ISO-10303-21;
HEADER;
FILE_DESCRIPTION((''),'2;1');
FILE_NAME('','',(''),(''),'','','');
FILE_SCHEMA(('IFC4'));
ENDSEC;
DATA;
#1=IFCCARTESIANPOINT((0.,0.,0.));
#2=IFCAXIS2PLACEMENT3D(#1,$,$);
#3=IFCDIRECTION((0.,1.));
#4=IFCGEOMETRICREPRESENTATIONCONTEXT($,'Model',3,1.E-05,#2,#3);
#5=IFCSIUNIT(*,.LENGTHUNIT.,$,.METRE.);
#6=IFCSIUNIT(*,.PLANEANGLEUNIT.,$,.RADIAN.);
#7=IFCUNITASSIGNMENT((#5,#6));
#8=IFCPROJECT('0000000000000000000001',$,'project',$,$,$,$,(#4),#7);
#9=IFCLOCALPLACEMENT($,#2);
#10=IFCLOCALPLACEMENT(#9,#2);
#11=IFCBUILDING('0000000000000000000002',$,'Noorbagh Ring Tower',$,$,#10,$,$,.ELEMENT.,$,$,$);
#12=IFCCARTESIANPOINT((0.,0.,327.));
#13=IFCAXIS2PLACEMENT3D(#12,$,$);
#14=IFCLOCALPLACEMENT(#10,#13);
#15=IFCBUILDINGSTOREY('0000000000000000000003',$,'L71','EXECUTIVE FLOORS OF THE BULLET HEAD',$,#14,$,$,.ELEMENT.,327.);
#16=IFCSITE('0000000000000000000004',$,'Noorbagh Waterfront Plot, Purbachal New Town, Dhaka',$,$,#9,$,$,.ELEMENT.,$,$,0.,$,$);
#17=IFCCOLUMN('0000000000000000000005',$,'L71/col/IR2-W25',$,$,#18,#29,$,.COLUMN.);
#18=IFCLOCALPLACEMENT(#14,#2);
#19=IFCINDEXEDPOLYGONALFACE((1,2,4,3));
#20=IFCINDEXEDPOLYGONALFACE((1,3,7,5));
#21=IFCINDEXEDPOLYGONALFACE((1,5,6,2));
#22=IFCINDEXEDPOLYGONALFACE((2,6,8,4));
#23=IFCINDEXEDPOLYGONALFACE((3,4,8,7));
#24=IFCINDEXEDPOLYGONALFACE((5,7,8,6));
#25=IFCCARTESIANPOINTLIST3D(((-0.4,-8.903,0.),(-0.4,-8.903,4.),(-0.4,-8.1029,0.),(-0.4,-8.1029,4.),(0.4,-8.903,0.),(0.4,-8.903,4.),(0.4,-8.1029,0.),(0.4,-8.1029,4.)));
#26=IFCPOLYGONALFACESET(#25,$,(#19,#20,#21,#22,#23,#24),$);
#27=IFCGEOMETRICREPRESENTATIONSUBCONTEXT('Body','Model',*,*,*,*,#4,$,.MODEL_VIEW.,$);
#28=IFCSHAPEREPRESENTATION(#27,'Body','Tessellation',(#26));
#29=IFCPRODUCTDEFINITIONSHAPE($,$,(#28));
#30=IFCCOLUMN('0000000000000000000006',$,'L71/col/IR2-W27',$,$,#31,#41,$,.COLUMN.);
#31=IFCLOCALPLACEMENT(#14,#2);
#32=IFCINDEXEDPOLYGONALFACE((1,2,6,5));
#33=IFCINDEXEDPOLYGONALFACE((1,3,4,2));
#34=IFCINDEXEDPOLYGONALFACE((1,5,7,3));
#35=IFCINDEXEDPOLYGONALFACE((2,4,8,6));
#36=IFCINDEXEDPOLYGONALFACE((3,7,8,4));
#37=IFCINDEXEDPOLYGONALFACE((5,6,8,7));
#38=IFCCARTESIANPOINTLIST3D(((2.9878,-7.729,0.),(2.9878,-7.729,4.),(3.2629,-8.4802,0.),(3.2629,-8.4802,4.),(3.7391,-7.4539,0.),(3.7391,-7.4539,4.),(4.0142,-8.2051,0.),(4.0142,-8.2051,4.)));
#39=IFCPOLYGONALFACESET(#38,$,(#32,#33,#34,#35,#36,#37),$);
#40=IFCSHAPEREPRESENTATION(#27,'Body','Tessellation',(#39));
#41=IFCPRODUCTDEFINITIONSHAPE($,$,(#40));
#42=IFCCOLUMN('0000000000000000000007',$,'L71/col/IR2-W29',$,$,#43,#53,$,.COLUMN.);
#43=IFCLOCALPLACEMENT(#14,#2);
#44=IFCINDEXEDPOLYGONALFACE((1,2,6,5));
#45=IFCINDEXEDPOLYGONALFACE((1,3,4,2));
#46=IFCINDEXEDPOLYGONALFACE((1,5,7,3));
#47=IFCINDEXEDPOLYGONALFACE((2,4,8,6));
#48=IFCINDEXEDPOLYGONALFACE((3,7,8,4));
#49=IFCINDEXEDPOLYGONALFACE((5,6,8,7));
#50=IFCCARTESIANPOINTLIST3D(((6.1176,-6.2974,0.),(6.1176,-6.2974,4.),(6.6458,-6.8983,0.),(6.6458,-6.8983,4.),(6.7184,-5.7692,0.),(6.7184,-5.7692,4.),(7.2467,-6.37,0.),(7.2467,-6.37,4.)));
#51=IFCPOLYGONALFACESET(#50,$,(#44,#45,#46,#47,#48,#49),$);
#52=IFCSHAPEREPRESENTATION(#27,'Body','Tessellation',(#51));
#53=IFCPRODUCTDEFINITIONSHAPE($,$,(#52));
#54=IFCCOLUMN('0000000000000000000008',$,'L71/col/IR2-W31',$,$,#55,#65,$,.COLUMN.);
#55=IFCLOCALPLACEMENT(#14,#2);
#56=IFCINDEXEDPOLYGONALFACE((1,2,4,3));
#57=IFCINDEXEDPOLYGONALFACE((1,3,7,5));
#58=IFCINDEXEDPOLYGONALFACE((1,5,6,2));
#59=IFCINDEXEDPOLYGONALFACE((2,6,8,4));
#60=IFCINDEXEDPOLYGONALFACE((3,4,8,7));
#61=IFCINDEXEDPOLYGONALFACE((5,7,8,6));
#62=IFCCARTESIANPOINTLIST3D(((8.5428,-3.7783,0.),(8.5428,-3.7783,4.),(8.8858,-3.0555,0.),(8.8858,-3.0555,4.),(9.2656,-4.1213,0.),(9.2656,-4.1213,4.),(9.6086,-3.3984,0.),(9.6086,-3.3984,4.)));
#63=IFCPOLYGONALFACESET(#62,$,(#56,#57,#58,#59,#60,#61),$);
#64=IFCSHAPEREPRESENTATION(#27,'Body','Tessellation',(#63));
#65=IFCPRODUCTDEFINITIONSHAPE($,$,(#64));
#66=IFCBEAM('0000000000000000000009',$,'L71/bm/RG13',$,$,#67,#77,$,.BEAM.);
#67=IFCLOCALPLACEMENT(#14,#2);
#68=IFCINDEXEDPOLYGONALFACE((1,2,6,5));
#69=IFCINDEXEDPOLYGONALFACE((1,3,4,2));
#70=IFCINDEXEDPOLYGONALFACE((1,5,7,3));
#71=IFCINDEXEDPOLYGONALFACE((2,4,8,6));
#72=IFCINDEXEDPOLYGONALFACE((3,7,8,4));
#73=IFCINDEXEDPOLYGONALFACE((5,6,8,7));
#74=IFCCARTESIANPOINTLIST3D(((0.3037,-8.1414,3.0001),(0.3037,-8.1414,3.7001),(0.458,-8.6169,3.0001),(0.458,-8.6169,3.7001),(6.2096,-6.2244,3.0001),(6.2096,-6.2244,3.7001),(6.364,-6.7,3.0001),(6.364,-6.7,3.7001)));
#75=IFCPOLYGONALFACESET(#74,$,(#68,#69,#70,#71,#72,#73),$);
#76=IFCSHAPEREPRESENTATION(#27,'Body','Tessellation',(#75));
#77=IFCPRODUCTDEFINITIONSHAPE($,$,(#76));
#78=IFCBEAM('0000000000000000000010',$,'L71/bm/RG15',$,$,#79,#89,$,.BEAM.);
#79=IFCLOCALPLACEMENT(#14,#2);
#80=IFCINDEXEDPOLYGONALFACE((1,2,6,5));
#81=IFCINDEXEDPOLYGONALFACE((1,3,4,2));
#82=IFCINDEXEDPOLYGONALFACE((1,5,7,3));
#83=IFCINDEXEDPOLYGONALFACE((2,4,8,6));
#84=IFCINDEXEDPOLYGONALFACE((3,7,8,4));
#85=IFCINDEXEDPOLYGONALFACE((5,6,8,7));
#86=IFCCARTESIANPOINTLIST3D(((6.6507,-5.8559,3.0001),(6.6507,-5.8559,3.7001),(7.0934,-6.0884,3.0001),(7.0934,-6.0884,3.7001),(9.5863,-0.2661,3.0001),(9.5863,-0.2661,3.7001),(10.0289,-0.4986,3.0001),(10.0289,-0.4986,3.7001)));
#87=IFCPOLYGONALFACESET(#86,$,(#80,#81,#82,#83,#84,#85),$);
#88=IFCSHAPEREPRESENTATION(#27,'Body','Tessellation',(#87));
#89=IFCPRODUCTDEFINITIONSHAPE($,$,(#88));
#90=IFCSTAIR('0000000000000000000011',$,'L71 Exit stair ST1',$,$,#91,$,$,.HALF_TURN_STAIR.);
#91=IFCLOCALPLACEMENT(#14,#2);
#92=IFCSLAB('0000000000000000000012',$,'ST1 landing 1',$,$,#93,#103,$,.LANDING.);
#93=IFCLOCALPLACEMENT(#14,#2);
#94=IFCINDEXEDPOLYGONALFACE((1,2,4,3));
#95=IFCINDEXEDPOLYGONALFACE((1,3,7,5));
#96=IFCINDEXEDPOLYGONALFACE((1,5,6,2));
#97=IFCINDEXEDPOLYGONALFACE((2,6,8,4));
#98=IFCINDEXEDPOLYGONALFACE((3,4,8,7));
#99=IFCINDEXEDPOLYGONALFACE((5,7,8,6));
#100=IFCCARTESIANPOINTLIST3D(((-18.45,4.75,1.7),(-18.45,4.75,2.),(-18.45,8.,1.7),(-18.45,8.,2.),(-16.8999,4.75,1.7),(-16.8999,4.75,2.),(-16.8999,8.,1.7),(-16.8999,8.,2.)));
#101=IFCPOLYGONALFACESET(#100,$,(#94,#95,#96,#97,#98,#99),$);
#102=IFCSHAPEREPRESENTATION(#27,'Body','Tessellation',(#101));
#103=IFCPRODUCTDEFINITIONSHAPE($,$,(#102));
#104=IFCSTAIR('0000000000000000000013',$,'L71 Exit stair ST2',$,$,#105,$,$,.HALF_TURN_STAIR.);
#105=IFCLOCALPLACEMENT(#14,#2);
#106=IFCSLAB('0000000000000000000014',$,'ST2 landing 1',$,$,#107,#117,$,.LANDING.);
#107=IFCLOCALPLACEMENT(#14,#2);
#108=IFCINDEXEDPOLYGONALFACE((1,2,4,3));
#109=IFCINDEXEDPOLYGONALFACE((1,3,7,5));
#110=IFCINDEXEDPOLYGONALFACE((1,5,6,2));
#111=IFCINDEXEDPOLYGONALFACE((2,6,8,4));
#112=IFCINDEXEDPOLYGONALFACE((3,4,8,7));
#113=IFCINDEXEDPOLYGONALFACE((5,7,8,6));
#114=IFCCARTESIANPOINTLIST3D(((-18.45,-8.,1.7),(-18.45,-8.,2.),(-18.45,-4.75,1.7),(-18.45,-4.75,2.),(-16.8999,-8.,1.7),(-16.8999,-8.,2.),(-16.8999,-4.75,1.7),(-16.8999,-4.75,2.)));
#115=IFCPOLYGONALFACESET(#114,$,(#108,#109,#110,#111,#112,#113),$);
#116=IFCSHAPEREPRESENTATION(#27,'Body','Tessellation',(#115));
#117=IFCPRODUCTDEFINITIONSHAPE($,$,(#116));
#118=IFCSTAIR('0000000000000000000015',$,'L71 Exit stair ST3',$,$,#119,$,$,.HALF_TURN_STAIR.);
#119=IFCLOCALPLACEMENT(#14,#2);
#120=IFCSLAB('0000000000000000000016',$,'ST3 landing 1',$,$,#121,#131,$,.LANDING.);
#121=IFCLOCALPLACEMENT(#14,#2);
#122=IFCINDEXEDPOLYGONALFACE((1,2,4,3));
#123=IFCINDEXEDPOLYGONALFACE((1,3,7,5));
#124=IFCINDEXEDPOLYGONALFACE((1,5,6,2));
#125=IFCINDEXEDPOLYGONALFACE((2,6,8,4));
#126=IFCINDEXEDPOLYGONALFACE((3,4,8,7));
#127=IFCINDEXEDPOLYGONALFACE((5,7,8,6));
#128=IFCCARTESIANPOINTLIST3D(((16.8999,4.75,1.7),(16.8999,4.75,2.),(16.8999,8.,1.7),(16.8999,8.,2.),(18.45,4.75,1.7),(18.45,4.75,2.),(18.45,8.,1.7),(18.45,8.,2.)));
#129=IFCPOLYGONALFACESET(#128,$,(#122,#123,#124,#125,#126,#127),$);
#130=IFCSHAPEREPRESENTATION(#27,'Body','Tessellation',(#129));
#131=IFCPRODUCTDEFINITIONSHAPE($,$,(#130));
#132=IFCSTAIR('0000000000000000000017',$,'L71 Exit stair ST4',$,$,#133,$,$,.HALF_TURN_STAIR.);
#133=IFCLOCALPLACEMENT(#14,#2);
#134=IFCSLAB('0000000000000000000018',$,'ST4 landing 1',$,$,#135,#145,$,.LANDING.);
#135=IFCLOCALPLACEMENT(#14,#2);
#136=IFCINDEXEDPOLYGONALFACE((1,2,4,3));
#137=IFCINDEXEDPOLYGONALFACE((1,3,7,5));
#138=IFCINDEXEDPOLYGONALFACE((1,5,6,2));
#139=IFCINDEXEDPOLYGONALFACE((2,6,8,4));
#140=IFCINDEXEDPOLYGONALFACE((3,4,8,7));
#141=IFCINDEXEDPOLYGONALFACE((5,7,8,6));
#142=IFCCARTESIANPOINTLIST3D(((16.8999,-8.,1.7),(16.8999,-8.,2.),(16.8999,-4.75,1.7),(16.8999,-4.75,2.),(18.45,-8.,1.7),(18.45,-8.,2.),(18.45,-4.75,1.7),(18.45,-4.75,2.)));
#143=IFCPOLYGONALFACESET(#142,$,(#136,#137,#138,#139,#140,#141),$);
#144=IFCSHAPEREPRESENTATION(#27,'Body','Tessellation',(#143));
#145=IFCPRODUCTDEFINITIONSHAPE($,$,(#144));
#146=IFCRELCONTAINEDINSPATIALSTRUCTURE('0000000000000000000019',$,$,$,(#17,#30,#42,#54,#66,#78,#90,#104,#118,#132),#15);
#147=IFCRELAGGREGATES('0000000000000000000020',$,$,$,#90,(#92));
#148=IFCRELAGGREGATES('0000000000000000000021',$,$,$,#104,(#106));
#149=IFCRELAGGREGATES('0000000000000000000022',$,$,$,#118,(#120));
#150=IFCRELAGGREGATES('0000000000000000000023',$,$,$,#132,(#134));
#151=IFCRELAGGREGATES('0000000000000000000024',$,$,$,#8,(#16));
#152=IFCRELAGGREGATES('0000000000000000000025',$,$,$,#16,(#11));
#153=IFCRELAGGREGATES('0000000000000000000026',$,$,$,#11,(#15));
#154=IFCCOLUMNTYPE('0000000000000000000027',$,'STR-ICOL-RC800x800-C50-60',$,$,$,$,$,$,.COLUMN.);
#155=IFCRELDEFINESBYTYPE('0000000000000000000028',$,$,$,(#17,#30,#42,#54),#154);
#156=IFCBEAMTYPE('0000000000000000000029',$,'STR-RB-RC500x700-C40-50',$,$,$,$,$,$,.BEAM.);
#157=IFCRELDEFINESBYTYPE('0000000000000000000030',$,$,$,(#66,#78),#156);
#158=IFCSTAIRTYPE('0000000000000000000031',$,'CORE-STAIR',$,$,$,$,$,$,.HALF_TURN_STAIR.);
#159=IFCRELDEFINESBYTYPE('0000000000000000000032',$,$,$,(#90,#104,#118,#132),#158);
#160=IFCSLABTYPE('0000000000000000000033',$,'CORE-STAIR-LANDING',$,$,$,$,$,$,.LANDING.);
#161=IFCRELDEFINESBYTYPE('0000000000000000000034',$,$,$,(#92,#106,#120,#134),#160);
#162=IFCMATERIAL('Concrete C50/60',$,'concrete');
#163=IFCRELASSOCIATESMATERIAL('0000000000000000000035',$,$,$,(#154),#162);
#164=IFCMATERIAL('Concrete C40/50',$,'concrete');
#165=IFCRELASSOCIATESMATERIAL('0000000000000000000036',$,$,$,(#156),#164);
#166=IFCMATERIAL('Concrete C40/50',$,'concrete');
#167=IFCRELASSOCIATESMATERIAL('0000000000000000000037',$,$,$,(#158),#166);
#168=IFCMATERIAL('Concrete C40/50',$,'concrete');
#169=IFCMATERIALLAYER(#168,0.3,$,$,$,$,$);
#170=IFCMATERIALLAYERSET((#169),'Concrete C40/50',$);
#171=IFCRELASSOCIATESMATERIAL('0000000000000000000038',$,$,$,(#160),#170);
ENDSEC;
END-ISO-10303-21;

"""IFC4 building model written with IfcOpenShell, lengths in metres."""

from ifc_helpers import new_model, si_unit, direction, frame, origin, origin_2d, place, context, subcontext, project, spatial, polyline, rectangle, outline, extrude, material, layer, layer_set, material_profile, profile_set, type_object, element, aggregate, save


model = new_model("IFC4")

# Units and contexts
model_context = context("Model", 3, precision=1e-05, world=origin(), true_north=direction((0.0, 1.0)))
body_context = subcontext(model_context, "Body", "Model", "MODEL_VIEW")
ifc_project = project(units=[si_unit("LENGTHUNIT", "METRE"), si_unit("PLANEANGLEUNIT", "RADIAN")], contexts=[model_context])

# Site, building, storey
site_placement = place(None, origin())
site = spatial("IfcSite", under=ifc_project, at=site_placement, Name="Noorbagh Waterfront Plot, Purbachal New Town, Dhaka", CompositionType="ELEMENT", RefElevation=0.0)
building_placement = place(site_placement, origin())
building = spatial("IfcBuilding", under=site, at=building_placement, Name="Noorbagh Ring Tower", CompositionType="ELEMENT")
storey_placement = place(building_placement, frame((0.0, 0.0, 327.0)))
storey = spatial("IfcBuildingStorey", under=building, at=storey_placement, Name="L71", Description="EXECUTIVE FLOORS OF THE BULLET HEAD", CompositionType="ELEMENT", Elevation=327.0)

# Columns
ifc_material_1 = material(Name="Concrete C50/60", Category="concrete")
ifc_material_profile_1 = material_profile(ifc_material_1, rectangle(XDim=0.8, YDim=0.8, at=origin_2d()), Name="RC800x800")
ifc_profile_set_1 = profile_set([ifc_material_profile_1], Name="Concrete C50/60")
column_type = type_object("IfcColumnType", Name="STR-ICOL-RC800x800-C50-60", PredefinedType="COLUMN", material=ifc_profile_set_1)
for number, where, z_axis, x_axis, name in (
    (1, (0.0, -8.5029, 0.0), (0.0, 0.0, 1.0), (1.0, 0.0, 0.0), "L71/col/IR2-W25"),
    (2, (3.501, -7.967, 0.0), (0.0, 0.0, 1.0), (0.93902, 0.343864, 0.0), "L71/col/IR2-W27"),
    (3, (6.6821, -6.3337, 0.0), (0.0, 0.0, 1.0), (0.751022, 0.660277, 0.0), "L71/col/IR2-W29"),
    (4, (9.0757, -3.5884, 0.0), (0.0, 0.0, 1.0), (0.428667, 0.903463, 0.0), "L71/col/IR2-W31"),
):
    element("IfcColumn", number, at=place(storey_placement, frame(where, z_axis=z_axis, x_axis=x_axis)), inside=storey, type_object=column_type, Name=name, PredefinedType="COLUMN", context=body_context, shape_type="SweptSolid", body=[
        extrude(rectangle(XDim=0.8, YDim=0.8, at=origin_2d()), origin(), (0.0, 0.0, 1.0), 4.0),
    ])

# Beams
ifc_material_2 = material(Name="Concrete C40/50", Category="concrete")
ifc_material_profile_2 = material_profile(ifc_material_2, rectangle(XDim=0.5, YDim=0.7, at=origin_2d()), Name="RC500x700")
ifc_profile_set_2 = profile_set([ifc_material_profile_2], Name="Concrete C40/50")
beam_type = type_object("IfcBeamType", Name="STR-RB-RC500x700-C40-50", PredefinedType="BEAM", material=ifc_profile_set_2)
beam_1_placement = place(storey_placement, frame((0.3809, -8.3792, 3.3501), z_axis=(0.95115, 0.308728, 0.0), x_axis=(-0.308728, 0.95115, 0.0)))
element("IfcBeam", 5, at=beam_1_placement, inside=storey, type_object=beam_type, Name="L71/bm/RG13", PredefinedType="BEAM", context=body_context, shape_type="SweptSolid", body=[
    extrude(rectangle(XDim=0.5, YDim=0.7, at=origin_2d()), origin(), (0.0, 0.0, 1.0), 6.2092),
])
beam_2_placement = place(storey_placement, frame((6.8721, -5.9722, 3.3501), z_axis=(0.464943, 0.885341, 0.0), x_axis=(-0.885341, 0.464943, 0.0)))
element("IfcBeam", 6, at=beam_2_placement, inside=storey, type_object=beam_type, Name="L71/bm/RG15", PredefinedType="BEAM", context=body_context, shape_type="SweptSolid", body=[
    extrude(rectangle(XDim=0.5, YDim=0.7, at=origin_2d()), origin(), (0.0, 0.0, 1.0), 6.3137),
])

# Stairs, slabs
ifc_material_3 = material(Name="Concrete C40/50", Category="concrete")
stair_type = type_object("IfcStairType", Name="CORE-STAIR", PredefinedType="HALF_TURN_STAIR", material=ifc_material_3)
stair_1_placement = place(storey_placement, origin())
stair_1 = element("IfcStair", 7, at=stair_1_placement, inside=storey, type_object=stair_type, Name="L71 Exit stair ST1", PredefinedType="HALF_TURN_STAIR")
ifc_material_4 = material(Name="Concrete C40/50", Category="concrete")
ifc_layer_1 = layer(ifc_material_4, 0.3)
ifc_layer_set_1 = layer_set([ifc_layer_1], Name="Concrete C40/50")
slab_type_1 = type_object("IfcSlabType", Name="CORE-STAIR-LANDING", PredefinedType="LANDING", material=ifc_layer_set_1)
slab_1_placement = place(storey_placement, frame((0.0, 0.0, 1.7)))
slab_1 = element("IfcSlab", 8, at=slab_1_placement, type_object=slab_type_1, Name="ST1 landing 1", PredefinedType="LANDING", context=body_context, shape_type="SweptSolid", body=[
    extrude(outline(polyline([(-18.45, 4.75), (-16.8999, 4.75), (-16.8999, 8.0), (-18.45, 8.0), (-18.45, 4.75)])), origin(), (0.0, 0.0, 1.0), 0.3),
])
aggregate(stair_1, [slab_1])
stair_2_placement = place(storey_placement, origin())
stair_2 = element("IfcStair", 9, at=stair_2_placement, inside=storey, type_object=stair_type, Name="L71 Exit stair ST2", PredefinedType="HALF_TURN_STAIR")
slab_2_placement = place(storey_placement, frame((0.0, 0.0, 1.7)))
slab_2 = element("IfcSlab", 10, at=slab_2_placement, type_object=slab_type_1, Name="ST2 landing 1", PredefinedType="LANDING", context=body_context, shape_type="SweptSolid", body=[
    extrude(outline(polyline([(-18.45, -8.0), (-16.8999, -8.0), (-16.8999, -4.75), (-18.45, -4.75), (-18.45, -8.0)])), origin(), (0.0, 0.0, 1.0), 0.3),
])
aggregate(stair_2, [slab_2])
stair_3_placement = place(storey_placement, origin())
stair_3 = element("IfcStair", 11, at=stair_3_placement, inside=storey, type_object=stair_type, Name="L71 Exit stair ST3", PredefinedType="HALF_TURN_STAIR")
slab_3_placement = place(storey_placement, frame((0.0, 0.0, 1.7)))
slab_3 = element("IfcSlab", 12, at=slab_3_placement, type_object=slab_type_1, Name="ST3 landing 1", PredefinedType="LANDING", context=body_context, shape_type="SweptSolid", body=[
    extrude(outline(polyline([(18.45, 8.0), (16.8999, 8.0), (16.8999, 4.75), (18.45, 4.75), (18.45, 8.0)])), origin(), (0.0, 0.0, 1.0), 0.3),
])
aggregate(stair_3, [slab_3])
stair_4_placement = place(storey_placement, origin())
stair_4 = element("IfcStair", 13, at=stair_4_placement, inside=storey, type_object=stair_type, Name="L71 Exit stair ST4", PredefinedType="HALF_TURN_STAIR")
slab_4_placement = place(storey_placement, frame((0.0, 0.0, 1.7)))
slab_4 = element("IfcSlab", 14, at=slab_4_placement, type_object=slab_type_1, Name="ST4 landing 1", PredefinedType="LANDING", context=body_context, shape_type="SweptSolid", body=[
    extrude(outline(polyline([(18.45, -4.75), (16.8999, -4.75), (16.8999, -8.0), (18.45, -8.0), (18.45, -4.75)])), origin(), (0.0, 0.0, 1.0), 0.3),
])
aggregate(stair_4, [slab_4])

save(model, "model.ifc")
